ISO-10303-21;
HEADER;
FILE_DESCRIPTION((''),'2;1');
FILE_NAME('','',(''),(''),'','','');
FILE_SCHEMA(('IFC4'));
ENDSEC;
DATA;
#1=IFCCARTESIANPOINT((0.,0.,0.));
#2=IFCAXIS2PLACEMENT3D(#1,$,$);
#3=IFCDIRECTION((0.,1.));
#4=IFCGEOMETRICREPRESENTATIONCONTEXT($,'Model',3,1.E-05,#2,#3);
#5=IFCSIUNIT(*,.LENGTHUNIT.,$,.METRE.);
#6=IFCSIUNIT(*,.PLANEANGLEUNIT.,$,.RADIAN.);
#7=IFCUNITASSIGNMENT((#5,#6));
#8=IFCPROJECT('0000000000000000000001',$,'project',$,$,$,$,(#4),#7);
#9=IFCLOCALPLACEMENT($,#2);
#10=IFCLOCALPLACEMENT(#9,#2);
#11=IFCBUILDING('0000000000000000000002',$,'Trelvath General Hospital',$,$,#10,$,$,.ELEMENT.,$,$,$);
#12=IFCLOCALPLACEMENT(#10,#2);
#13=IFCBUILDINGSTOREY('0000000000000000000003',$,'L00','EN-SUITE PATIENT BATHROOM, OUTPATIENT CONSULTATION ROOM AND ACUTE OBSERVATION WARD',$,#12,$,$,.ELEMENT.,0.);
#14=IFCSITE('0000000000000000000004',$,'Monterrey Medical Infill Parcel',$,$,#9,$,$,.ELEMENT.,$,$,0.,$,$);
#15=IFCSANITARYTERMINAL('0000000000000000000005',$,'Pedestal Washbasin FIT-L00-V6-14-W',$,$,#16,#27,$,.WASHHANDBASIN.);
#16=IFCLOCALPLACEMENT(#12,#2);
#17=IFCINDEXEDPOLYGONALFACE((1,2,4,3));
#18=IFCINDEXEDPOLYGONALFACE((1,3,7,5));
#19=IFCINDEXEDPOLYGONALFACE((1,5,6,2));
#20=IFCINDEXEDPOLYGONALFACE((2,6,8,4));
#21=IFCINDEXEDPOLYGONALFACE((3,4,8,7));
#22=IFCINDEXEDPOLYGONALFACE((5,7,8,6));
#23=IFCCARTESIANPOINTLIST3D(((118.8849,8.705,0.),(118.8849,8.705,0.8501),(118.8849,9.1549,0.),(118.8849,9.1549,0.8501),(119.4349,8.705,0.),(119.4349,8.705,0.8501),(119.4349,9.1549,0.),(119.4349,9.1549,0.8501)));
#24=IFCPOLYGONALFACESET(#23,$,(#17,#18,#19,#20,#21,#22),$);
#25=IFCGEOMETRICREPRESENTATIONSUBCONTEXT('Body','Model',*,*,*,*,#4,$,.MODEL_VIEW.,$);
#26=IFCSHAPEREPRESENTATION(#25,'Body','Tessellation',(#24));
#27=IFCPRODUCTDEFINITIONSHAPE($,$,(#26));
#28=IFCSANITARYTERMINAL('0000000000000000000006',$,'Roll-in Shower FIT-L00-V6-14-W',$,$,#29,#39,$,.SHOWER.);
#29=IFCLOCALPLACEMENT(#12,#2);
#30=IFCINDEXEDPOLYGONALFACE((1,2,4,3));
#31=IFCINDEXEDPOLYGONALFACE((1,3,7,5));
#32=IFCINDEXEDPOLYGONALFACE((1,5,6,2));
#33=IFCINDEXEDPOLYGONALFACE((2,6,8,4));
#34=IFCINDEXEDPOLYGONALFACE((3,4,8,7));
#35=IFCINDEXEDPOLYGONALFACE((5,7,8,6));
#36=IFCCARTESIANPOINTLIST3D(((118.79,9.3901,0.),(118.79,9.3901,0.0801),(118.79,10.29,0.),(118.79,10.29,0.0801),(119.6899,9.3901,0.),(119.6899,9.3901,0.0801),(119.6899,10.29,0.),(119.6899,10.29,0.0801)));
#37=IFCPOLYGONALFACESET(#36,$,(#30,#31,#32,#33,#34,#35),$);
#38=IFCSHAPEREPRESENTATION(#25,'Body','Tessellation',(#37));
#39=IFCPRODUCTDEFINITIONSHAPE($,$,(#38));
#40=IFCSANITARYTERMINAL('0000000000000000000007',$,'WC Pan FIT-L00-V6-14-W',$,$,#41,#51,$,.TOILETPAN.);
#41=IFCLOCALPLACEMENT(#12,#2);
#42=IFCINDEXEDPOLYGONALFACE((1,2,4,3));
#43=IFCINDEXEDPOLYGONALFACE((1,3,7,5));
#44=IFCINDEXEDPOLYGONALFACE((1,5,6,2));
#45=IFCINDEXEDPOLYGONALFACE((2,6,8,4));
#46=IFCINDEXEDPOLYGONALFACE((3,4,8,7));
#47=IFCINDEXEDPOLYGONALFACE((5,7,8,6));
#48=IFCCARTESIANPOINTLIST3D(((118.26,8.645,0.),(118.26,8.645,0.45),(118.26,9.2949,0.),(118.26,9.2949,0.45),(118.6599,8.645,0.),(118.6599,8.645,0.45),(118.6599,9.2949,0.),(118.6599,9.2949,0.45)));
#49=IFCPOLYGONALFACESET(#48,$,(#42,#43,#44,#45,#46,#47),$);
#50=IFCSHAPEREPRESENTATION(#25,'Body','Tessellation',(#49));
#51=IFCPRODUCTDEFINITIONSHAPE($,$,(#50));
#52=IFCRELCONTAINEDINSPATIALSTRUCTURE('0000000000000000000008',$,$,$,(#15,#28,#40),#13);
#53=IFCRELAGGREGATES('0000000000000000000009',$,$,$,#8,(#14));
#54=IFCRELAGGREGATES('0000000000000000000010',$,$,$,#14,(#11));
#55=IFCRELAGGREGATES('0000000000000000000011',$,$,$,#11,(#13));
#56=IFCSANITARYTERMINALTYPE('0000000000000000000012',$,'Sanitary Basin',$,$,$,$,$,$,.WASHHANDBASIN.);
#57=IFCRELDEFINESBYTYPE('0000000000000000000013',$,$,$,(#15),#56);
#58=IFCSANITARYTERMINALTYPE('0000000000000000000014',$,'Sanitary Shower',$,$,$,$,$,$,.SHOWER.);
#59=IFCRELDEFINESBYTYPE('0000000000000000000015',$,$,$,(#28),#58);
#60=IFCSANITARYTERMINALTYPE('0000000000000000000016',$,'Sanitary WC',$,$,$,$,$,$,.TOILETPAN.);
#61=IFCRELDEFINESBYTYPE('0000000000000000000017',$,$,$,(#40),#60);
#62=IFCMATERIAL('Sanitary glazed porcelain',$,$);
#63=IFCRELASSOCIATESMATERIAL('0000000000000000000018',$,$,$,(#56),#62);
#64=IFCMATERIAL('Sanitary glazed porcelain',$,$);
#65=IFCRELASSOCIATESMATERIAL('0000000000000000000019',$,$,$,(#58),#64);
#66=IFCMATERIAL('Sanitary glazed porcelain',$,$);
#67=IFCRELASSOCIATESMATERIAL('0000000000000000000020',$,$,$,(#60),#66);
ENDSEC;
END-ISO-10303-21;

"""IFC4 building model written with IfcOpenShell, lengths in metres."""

from ifc_helpers import new_model, si_unit, direction, frame, origin, origin_2d, place, context, subcontext, project, spatial, rectangle, extrude, material, type_object, element, save


model = new_model("IFC4")

# Units and contexts
model_context = context("Model", 3, precision=1e-05, world=origin(), true_north=direction((0.0, 1.0)))
body_context = subcontext(model_context, "Body", "Model", "MODEL_VIEW")
ifc_project = project(units=[si_unit("LENGTHUNIT", "METRE"), si_unit("PLANEANGLEUNIT", "RADIAN")], contexts=[model_context])

# Site, building, storey
site_placement = place(None, origin())
site = spatial("IfcSite", under=ifc_project, at=site_placement, Name="Monterrey Medical Infill Parcel", CompositionType="ELEMENT", RefElevation=0.0)
building_placement = place(site_placement, origin())
building = spatial("IfcBuilding", under=site, at=building_placement, Name="Trelvath General Hospital", CompositionType="ELEMENT")
storey_placement = place(building_placement, origin())
storey = spatial("IfcBuildingStorey", under=building, at=storey_placement, Name="L00", Description="EN-SUITE PATIENT BATHROOM, OUTPATIENT CONSULTATION ROOM AND ACUTE OBSERVATION WARD", CompositionType="ELEMENT", Elevation=0.0)

# Sanitary terminals
ifc_material_1 = material(Name="Sanitary glazed porcelain")
sanitary_terminal_type_1 = type_object("IfcSanitaryTerminalType", Name="Sanitary Basin", PredefinedType="WASHHANDBASIN", material=ifc_material_1)
sanitary_terminal_1_placement = place(storey_placement, frame((119.1599, 8.9299, 0.0), z_axis=(0.0, 0.0, 1.0), x_axis=(1.0, 0.0, 0.0)))
element("IfcSanitaryTerminal", 1, at=sanitary_terminal_1_placement, inside=storey, type_object=sanitary_terminal_type_1, Name="Pedestal Washbasin FIT-L00-V6-14-W", PredefinedType="WASHHANDBASIN", context=body_context, shape_type="SweptSolid", body=[
    extrude(rectangle(XDim=0.55, YDim=0.45, at=origin_2d()), origin(), (0.0, 0.0, 1.0), 0.8501),
])
ifc_material_2 = material(Name="Sanitary glazed porcelain")
sanitary_terminal_type_2 = type_object("IfcSanitaryTerminalType", Name="Sanitary Shower", PredefinedType="SHOWER", material=ifc_material_2)
sanitary_terminal_2_placement = place(storey_placement, frame((119.24, 9.8401, 0.0), z_axis=(0.0, 0.0, 1.0), x_axis=(1.0, 0.0, 0.0)))
element("IfcSanitaryTerminal", 2, at=sanitary_terminal_2_placement, inside=storey, type_object=sanitary_terminal_type_2, Name="Roll-in Shower FIT-L00-V6-14-W", PredefinedType="SHOWER", context=body_context, shape_type="SweptSolid", body=[
    extrude(rectangle(XDim=0.8999, YDim=0.8999, at=origin_2d()), origin(), (0.0, 0.0, 1.0), 0.0801),
])
ifc_material_3 = material(Name="Sanitary glazed porcelain")
sanitary_terminal_type_3 = type_object("IfcSanitaryTerminalType", Name="Sanitary WC", PredefinedType="TOILETPAN", material=ifc_material_3)
sanitary_terminal_3_placement = place(storey_placement, frame((118.46, 8.97, 0.0), z_axis=(0.0, 0.0, 1.0), x_axis=(1.0, 0.0, 0.0)))
element("IfcSanitaryTerminal", 3, at=sanitary_terminal_3_placement, inside=storey, type_object=sanitary_terminal_type_3, Name="WC Pan FIT-L00-V6-14-W", PredefinedType="TOILETPAN", context=body_context, shape_type="SweptSolid", body=[
    extrude(rectangle(XDim=0.3999, YDim=0.6499, at=origin_2d()), origin(), (0.0, 0.0, 1.0), 0.45),
])

save(model, "model.ifc")
